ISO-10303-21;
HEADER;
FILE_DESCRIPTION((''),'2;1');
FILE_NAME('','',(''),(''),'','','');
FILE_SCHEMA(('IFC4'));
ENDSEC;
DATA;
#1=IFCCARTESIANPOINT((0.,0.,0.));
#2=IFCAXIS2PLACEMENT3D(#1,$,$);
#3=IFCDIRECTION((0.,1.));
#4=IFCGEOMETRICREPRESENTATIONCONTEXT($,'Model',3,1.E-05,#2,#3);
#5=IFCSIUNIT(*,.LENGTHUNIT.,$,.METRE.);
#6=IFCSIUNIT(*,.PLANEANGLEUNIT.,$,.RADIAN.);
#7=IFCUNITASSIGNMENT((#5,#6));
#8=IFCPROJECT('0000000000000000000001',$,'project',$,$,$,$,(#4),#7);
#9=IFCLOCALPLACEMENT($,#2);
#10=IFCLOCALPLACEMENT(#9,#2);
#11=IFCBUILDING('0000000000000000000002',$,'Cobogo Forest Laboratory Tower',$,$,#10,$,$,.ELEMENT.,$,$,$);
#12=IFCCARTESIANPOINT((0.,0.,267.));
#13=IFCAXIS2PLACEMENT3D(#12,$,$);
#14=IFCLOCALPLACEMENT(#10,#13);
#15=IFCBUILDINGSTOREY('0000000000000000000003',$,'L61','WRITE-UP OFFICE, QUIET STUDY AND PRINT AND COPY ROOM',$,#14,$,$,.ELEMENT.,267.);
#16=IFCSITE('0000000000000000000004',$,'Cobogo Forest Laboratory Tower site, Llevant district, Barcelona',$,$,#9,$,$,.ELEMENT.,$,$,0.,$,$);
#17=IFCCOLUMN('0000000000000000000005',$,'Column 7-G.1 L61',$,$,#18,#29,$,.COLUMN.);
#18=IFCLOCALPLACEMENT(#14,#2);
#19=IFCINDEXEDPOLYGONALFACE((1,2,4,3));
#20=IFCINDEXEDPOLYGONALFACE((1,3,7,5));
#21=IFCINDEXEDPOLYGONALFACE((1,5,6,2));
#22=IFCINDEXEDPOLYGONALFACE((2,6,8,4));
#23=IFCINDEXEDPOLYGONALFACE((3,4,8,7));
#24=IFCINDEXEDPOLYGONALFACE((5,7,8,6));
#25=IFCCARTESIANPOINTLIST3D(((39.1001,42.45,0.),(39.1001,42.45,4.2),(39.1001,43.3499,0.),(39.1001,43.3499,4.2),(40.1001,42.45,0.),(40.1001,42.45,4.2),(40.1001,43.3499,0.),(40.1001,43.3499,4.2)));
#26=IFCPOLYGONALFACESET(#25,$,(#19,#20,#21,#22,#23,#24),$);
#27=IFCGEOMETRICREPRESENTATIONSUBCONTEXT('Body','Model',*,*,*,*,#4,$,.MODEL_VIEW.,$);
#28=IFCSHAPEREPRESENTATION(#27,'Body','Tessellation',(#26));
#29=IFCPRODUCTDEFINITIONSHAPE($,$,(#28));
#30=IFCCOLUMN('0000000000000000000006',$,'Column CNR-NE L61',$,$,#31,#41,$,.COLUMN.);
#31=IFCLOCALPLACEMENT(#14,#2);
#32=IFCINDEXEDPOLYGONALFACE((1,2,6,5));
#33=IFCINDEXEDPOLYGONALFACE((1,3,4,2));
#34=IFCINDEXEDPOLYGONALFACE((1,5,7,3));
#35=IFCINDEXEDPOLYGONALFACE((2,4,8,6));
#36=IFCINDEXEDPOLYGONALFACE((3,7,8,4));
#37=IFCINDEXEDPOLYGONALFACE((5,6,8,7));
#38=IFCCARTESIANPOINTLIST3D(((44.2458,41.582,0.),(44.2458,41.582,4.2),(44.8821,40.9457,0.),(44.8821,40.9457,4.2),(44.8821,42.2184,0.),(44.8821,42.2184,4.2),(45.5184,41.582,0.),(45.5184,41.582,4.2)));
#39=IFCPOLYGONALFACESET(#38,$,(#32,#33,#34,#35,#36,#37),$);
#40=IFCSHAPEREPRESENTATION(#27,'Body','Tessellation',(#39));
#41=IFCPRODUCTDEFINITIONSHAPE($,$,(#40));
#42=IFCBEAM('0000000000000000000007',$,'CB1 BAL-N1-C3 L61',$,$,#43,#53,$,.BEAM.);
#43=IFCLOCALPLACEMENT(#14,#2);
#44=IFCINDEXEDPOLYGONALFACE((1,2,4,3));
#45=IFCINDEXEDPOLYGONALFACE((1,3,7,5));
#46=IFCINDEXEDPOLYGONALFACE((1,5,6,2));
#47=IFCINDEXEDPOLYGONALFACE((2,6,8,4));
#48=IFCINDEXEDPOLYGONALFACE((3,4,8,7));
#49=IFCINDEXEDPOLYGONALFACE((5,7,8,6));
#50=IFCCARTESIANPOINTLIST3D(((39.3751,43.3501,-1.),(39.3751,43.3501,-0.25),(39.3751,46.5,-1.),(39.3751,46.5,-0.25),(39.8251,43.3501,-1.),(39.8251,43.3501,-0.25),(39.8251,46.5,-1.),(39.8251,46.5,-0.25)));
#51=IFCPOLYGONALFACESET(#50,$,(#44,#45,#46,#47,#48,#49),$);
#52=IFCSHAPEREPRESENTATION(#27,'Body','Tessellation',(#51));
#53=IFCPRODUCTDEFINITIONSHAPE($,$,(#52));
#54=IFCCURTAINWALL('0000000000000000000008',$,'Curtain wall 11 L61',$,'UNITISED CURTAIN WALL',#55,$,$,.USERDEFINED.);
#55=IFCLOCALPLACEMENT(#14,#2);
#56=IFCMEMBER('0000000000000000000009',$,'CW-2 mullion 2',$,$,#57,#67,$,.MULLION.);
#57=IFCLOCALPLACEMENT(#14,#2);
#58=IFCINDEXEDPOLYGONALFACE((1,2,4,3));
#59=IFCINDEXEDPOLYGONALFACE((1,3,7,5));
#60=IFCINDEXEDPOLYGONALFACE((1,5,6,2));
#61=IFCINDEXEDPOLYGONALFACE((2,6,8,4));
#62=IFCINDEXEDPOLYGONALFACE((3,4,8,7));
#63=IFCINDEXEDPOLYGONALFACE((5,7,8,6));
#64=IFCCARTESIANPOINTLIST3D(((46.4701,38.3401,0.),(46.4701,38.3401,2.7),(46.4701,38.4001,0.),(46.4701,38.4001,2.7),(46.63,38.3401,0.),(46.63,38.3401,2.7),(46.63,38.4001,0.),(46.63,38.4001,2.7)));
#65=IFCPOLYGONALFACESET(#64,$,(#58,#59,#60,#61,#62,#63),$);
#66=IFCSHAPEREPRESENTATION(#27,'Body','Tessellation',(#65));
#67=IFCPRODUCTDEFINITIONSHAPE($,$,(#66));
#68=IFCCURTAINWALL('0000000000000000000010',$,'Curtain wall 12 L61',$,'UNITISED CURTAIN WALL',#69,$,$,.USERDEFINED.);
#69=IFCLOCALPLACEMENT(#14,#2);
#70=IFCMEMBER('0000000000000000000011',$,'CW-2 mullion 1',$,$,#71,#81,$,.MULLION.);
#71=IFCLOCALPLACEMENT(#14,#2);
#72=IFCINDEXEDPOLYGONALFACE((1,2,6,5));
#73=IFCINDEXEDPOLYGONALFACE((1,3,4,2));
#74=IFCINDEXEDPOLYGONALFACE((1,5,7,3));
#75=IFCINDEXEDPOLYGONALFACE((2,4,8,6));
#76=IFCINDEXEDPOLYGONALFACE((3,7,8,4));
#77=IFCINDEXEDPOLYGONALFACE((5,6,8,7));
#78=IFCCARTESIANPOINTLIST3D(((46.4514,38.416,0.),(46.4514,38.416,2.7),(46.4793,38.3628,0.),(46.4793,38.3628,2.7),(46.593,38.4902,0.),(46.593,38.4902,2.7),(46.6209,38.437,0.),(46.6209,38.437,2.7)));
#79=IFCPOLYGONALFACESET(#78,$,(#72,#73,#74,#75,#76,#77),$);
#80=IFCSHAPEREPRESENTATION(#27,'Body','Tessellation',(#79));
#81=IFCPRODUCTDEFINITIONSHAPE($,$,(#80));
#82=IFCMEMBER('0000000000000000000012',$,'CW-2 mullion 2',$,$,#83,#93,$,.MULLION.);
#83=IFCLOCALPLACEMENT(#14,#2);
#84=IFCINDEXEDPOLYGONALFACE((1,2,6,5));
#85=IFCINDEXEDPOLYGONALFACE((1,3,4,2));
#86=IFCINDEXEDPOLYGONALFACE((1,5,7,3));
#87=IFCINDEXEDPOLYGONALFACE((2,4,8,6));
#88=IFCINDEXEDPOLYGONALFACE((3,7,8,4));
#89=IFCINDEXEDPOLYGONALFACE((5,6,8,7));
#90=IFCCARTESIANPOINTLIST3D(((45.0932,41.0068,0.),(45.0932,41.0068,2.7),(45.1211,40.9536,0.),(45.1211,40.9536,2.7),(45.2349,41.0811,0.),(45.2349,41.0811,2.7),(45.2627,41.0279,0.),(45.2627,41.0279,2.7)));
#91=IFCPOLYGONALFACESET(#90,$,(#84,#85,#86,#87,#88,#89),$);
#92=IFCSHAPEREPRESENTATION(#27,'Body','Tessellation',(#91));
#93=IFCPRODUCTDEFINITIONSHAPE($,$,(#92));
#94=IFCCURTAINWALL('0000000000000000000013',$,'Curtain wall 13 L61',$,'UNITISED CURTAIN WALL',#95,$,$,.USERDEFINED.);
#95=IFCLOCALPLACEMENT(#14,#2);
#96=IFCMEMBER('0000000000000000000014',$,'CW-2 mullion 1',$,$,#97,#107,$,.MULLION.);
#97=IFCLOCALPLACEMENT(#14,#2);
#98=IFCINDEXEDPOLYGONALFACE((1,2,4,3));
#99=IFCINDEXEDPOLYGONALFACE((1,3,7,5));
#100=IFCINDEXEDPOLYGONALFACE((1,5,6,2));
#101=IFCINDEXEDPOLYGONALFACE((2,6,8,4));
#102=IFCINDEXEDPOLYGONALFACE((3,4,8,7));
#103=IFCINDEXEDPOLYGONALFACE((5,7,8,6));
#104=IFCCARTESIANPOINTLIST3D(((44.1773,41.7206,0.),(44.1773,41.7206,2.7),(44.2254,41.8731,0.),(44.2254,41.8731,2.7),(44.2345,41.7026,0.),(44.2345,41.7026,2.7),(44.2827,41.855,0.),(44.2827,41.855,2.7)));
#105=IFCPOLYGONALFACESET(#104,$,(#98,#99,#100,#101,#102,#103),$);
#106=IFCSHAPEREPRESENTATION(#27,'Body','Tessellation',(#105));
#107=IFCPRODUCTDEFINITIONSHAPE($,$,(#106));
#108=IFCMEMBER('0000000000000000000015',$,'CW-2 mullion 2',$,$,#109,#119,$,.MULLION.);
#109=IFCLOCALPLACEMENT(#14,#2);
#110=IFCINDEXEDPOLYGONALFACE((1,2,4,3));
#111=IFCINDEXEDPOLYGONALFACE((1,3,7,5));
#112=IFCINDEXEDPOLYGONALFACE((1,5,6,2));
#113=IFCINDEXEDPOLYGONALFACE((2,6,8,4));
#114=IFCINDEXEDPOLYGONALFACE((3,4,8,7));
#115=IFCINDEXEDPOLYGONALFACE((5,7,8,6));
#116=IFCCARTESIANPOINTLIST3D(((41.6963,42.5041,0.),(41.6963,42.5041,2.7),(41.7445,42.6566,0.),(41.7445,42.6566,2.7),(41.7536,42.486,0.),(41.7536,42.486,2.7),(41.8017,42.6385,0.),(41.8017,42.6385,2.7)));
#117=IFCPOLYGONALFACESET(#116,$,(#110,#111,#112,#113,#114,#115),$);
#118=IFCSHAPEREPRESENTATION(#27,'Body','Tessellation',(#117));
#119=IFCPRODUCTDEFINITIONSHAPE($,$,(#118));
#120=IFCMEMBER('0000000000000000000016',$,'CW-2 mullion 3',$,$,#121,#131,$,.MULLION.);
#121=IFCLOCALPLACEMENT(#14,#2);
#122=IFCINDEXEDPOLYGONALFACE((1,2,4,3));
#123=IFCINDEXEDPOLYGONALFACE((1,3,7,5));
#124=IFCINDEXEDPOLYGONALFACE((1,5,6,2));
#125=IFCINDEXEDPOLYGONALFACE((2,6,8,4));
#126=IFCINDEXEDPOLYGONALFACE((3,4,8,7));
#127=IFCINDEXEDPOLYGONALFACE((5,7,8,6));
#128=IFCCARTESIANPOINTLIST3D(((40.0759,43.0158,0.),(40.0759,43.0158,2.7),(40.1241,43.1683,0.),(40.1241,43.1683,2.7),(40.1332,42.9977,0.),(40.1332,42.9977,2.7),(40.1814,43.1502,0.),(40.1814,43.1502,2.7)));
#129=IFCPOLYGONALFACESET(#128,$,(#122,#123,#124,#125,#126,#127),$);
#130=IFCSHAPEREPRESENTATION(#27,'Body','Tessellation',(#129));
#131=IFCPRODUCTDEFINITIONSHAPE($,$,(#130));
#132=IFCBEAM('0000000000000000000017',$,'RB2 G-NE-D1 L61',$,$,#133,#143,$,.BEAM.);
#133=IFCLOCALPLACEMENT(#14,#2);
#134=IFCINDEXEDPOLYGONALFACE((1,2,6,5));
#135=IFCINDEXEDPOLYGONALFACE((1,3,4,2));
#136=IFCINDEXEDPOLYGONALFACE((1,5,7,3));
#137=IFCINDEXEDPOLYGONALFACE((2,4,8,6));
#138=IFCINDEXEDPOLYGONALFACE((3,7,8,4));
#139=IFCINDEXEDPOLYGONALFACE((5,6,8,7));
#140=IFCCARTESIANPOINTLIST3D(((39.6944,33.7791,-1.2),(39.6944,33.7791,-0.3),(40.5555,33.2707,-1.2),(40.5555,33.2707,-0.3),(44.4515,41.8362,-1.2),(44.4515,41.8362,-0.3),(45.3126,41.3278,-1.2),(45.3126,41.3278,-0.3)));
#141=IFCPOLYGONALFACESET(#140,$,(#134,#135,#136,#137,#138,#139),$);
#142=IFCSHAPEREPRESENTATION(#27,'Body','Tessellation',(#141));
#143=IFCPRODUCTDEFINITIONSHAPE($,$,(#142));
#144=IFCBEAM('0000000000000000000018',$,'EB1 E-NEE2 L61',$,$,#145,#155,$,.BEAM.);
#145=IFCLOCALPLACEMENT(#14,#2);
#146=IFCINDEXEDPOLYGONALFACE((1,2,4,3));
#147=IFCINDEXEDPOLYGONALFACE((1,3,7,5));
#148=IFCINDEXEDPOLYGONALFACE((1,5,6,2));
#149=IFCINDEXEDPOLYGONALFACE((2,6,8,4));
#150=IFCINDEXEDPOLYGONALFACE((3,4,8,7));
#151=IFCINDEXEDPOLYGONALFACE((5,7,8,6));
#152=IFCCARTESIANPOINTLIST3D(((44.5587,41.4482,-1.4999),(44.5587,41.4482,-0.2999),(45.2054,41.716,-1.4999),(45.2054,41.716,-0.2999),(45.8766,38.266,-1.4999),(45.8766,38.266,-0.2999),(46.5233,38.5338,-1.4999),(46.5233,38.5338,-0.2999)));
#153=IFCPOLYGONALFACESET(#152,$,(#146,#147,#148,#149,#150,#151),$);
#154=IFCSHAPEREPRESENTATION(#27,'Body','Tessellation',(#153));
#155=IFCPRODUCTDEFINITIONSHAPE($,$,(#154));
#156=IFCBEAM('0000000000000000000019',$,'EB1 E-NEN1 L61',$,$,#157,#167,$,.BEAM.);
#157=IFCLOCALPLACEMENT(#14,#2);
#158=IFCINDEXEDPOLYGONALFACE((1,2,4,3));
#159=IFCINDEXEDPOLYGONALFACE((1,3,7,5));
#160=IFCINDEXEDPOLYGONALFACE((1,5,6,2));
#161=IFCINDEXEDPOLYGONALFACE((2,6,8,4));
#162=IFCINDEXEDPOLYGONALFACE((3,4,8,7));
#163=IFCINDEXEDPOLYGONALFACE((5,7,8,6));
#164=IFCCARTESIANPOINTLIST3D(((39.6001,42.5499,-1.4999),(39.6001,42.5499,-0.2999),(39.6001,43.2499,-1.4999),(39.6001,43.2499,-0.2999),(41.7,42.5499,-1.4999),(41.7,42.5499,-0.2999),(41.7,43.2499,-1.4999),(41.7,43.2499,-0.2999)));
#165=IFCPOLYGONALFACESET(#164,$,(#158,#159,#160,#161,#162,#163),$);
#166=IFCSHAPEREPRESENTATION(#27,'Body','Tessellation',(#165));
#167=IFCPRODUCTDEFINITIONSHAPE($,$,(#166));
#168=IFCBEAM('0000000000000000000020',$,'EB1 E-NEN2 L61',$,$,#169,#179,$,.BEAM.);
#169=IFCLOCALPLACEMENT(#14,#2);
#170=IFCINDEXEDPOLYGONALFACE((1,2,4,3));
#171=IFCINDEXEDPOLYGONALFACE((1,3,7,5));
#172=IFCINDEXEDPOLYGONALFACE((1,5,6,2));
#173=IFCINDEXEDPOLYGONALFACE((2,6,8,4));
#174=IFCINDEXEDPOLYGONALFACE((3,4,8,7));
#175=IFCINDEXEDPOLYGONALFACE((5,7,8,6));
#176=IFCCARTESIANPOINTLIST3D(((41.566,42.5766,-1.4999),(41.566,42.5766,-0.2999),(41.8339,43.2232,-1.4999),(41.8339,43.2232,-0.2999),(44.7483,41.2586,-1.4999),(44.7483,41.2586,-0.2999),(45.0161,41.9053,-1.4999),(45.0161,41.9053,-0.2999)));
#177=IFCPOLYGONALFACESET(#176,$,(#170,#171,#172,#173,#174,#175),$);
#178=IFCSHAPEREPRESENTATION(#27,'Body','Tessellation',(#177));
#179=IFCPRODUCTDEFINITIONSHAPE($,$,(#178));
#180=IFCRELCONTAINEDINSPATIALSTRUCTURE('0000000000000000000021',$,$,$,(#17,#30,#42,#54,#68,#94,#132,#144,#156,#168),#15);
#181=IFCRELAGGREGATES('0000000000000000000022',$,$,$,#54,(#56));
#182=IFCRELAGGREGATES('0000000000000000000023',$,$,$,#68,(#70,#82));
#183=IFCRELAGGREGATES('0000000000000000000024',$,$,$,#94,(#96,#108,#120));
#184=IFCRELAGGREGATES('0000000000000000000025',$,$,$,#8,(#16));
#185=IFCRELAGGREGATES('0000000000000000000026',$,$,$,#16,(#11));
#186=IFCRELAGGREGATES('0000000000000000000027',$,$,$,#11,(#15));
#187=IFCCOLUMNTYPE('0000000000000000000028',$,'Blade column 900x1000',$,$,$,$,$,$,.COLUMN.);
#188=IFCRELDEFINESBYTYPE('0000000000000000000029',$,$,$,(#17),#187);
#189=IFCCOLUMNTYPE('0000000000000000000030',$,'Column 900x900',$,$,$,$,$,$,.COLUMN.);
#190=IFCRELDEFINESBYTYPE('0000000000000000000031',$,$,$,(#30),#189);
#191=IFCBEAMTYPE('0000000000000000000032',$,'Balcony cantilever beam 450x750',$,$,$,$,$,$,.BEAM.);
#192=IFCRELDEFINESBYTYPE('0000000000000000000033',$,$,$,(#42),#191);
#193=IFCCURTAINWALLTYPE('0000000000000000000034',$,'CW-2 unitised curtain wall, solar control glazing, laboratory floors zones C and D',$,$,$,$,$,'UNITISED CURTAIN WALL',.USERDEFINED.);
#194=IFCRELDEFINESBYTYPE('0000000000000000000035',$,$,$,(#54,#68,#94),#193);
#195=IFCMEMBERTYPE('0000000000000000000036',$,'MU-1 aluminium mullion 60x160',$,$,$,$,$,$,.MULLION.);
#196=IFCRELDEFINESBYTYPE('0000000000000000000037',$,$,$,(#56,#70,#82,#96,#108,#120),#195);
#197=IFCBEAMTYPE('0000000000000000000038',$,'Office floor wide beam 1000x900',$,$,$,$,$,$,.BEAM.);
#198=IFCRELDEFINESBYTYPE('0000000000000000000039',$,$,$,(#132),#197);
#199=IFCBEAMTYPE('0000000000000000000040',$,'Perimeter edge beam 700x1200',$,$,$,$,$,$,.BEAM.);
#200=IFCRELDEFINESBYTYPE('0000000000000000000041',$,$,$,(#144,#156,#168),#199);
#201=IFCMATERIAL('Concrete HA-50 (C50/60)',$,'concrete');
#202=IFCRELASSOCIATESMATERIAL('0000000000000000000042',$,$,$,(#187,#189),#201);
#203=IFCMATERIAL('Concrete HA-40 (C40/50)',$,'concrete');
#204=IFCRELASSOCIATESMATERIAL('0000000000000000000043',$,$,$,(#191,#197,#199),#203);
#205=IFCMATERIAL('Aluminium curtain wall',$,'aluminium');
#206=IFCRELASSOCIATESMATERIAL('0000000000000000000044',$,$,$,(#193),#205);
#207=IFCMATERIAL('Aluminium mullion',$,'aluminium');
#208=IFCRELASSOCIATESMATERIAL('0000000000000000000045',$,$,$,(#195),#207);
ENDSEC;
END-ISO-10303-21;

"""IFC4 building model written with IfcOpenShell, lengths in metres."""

from ifc_helpers import new_model, si_unit, direction, frame, origin, origin_2d, place, context, subcontext, project, spatial, rectangle, extrude, material, material_profile, profile_set, type_object, element, aggregate, save


model = new_model("IFC4")

# Units and contexts
model_context = context("Model", 3, precision=1e-05, world=origin(), true_north=direction((0.0, 1.0)))
body_context = subcontext(model_context, "Body", "Model", "MODEL_VIEW")
ifc_project = project(units=[si_unit("LENGTHUNIT", "METRE"), si_unit("PLANEANGLEUNIT", "RADIAN")], contexts=[model_context])

# Site, building, storey
site_placement = place(None, origin())
site = spatial("IfcSite", under=ifc_project, at=site_placement, Name="Cobogo Forest Laboratory Tower site, Llevant district, Barcelona", CompositionType="ELEMENT", RefElevation=0.0)
building_placement = place(site_placement, origin())
building = spatial("IfcBuilding", under=site, at=building_placement, Name="Cobogo Forest Laboratory Tower", CompositionType="ELEMENT")
storey_placement = place(building_placement, frame((0.0, 0.0, 267.0)))
storey = spatial("IfcBuildingStorey", under=building, at=storey_placement, Name="L61", Description="WRITE-UP OFFICE, QUIET STUDY AND PRINT AND COPY ROOM", CompositionType="ELEMENT", Elevation=267.0)

# Columns
ifc_material_1 = material(Name="Concrete HA-50 (C50/60)", Category="concrete")
ifc_material_profile_1 = material_profile(ifc_material_1, rectangle(XDim=1.0, YDim=0.8999, at=origin_2d()), Name="RC 900x1000")
ifc_profile_set_1 = profile_set([ifc_material_profile_1], Name="Concrete HA-50 (C50/60)")
column_type_1 = type_object("IfcColumnType", Name="Blade column 900x1000", PredefinedType="COLUMN", material=ifc_profile_set_1)
column_1_placement = place(storey_placement, frame((39.6001, 42.8999, 0.0), z_axis=(0.0, 0.0, 1.0), x_axis=(1.0, 0.0, 0.0)))
element("IfcColumn", 1, at=column_1_placement, inside=storey, type_object=column_type_1, Name="Column 7-G.1 L61", PredefinedType="COLUMN", context=body_context, shape_type="SweptSolid", body=[
    extrude(rectangle(XDim=1.0, YDim=0.8999, at=origin_2d()), origin(), (0.0, 0.0, 1.0), 4.2),
])
ifc_material_profile_2 = material_profile(ifc_material_1, rectangle(XDim=0.8999, YDim=0.8999, at=origin_2d()), Name="RC 900x900")
ifc_profile_set_2 = profile_set([ifc_material_profile_2], Name="Concrete HA-50 (C50/60)")
column_type_2 = type_object("IfcColumnType", Name="Column 900x900", PredefinedType="COLUMN", material=ifc_profile_set_2)
column_2_placement = place(storey_placement, frame((44.8821, 41.582, 0.0), z_axis=(0.0, 0.0, 1.0), x_axis=(0.707107, 0.707107, 0.0)))
element("IfcColumn", 2, at=column_2_placement, inside=storey, type_object=column_type_2, Name="Column CNR-NE L61", PredefinedType="COLUMN", context=body_context, shape_type="SweptSolid", body=[
    extrude(rectangle(XDim=0.8999, YDim=0.8999, at=origin_2d()), origin(), (0.0, 0.0, 1.0), 4.2),
])

# Beam
ifc_material_2 = material(Name="Concrete HA-40 (C40/50)", Category="concrete")
ifc_material_profile_3 = material_profile(ifc_material_2, rectangle(XDim=0.45, YDim=0.75, at=origin_2d()), Name="RC 450x750")
ifc_profile_set_3 = profile_set([ifc_material_profile_3], Name="Concrete HA-40 (C40/50)")
beam_type_1 = type_object("IfcBeamType", Name="Balcony cantilever beam 450x750", PredefinedType="BEAM", material=ifc_profile_set_3)
beam_1_placement = place(storey_placement, frame((39.6001, 43.3501, -0.625), z_axis=(0.0, 1.0, 0.0), x_axis=(-1.0, 0.0, 0.0)))
element("IfcBeam", 3, at=beam_1_placement, inside=storey, type_object=beam_type_1, Name="CB1 BAL-N1-C3 L61", PredefinedType="BEAM", context=body_context, shape_type="SweptSolid", body=[
    extrude(rectangle(XDim=0.45, YDim=0.75, at=origin_2d()), origin(), (0.0, 0.0, 1.0), 3.1499),
])

# Curtain wall, member
ifc_material_3 = material(Name="Aluminium curtain wall", Category="aluminium")
curtain_wall_type = type_object("IfcCurtainWallType", Name="CW-2 unitised curtain wall, solar control glazing, laboratory floors zones C and D", ElementType="UNITISED CURTAIN WALL", PredefinedType="USERDEFINED", material=ifc_material_3)
curtain_wall_1_placement = place(storey_placement, origin())
curtain_wall_1 = element("IfcCurtainWall", 4, at=curtain_wall_1_placement, inside=storey, type_object=curtain_wall_type, Name="Curtain wall 11 L61", ObjectType="UNITISED CURTAIN WALL", PredefinedType="USERDEFINED")
ifc_material_4 = material(Name="Aluminium mullion", Category="aluminium")
ifc_material_profile_4 = material_profile(ifc_material_4, rectangle(XDim=0.0601, YDim=0.1599, at=origin_2d()), Name="AL 60x160")
ifc_profile_set_4 = profile_set([ifc_material_profile_4], Name="Aluminium mullion")
member_type_1 = type_object("IfcMemberType", Name="MU-1 aluminium mullion 60x160", PredefinedType="MULLION", material=ifc_profile_set_4)
member_1_placement = place(storey_placement, frame((46.55, 38.3701, 0.0), z_axis=(0.0, 0.0, 1.0), x_axis=(0.0, 1.0, 0.0)))
member_1 = element("IfcMember", 5, at=member_1_placement, type_object=member_type_1, Name="CW-2 mullion 2", PredefinedType="MULLION", context=body_context, shape_type="SweptSolid", body=[
    extrude(rectangle(XDim=0.0601, YDim=0.1599, at=origin_2d()), origin(), (0.0, 0.0, 1.0), 2.7),
])

# Curtain walls, members
curtain_wall_2_placement = place(storey_placement, origin())
curtain_wall_2 = element("IfcCurtainWall", 6, at=curtain_wall_2_placement, inside=storey, type_object=curtain_wall_type, Name="Curtain wall 12 L61", ObjectType="UNITISED CURTAIN WALL", PredefinedType="USERDEFINED")
member_2_placement = place(storey_placement, frame((46.5361, 38.4265, 0.0), z_axis=(0.0, 0.0, 1.0), x_axis=(-0.464284, 0.885686, 0.0)))
member_2 = element("IfcMember", 7, at=member_2_placement, type_object=member_type_1, Name="CW-2 mullion 1", PredefinedType="MULLION", context=body_context, shape_type="SweptSolid", body=[
    extrude(rectangle(XDim=0.0601, YDim=0.1599, at=origin_2d()), origin(), (0.0, 0.0, 1.0), 2.7),
])
member_3_placement = place(storey_placement, frame((45.178, 41.0173, 0.0), z_axis=(0.0, 0.0, 1.0), x_axis=(-0.464284, 0.885686, 0.0)))
member_3 = element("IfcMember", 8, at=member_3_placement, type_object=member_type_1, Name="CW-2 mullion 2", PredefinedType="MULLION", context=body_context, shape_type="SweptSolid", body=[
    extrude(rectangle(XDim=0.0601, YDim=0.1599, at=origin_2d()), origin(), (0.0, 0.0, 1.0), 2.7),
])
curtain_wall_3_placement = place(storey_placement, origin())
curtain_wall_3 = element("IfcCurtainWall", 9, at=curtain_wall_3_placement, inside=storey, type_object=curtain_wall_type, Name="Curtain wall 13 L61", ObjectType="UNITISED CURTAIN WALL", PredefinedType="USERDEFINED")
member_4_placement = place(storey_placement, frame((44.23, 41.7878, 0.0), z_axis=(0.0, 0.0, 1.0), x_axis=(-0.953581, 0.301135, 0.0)))
member_4 = element("IfcMember", 10, at=member_4_placement, type_object=member_type_1, Name="CW-2 mullion 1", PredefinedType="MULLION", context=body_context, shape_type="SweptSolid", body=[
    extrude(rectangle(XDim=0.0601, YDim=0.1599, at=origin_2d()), origin(), (0.0, 0.0, 1.0), 2.7),
])
member_5_placement = place(storey_placement, frame((41.749, 42.5713, 0.0), z_axis=(0.0, 0.0, 1.0), x_axis=(-0.953581, 0.301135, 0.0)))
member_5 = element("IfcMember", 11, at=member_5_placement, type_object=member_type_1, Name="CW-2 mullion 2", PredefinedType="MULLION", context=body_context, shape_type="SweptSolid", body=[
    extrude(rectangle(XDim=0.0601, YDim=0.1599, at=origin_2d()), origin(), (0.0, 0.0, 1.0), 2.7),
])
member_6_placement = place(storey_placement, frame((40.1287, 43.083, 0.0), z_axis=(0.0, 0.0, 1.0), x_axis=(-0.953581, 0.301135, 0.0)))
member_6 = element("IfcMember", 12, at=member_6_placement, type_object=member_type_1, Name="CW-2 mullion 3", PredefinedType="MULLION", context=body_context, shape_type="SweptSolid", body=[
    extrude(rectangle(XDim=0.0601, YDim=0.1599, at=origin_2d()), origin(), (0.0, 0.0, 1.0), 2.7),
])

# Beams
ifc_material_profile_5 = material_profile(ifc_material_2, rectangle(XDim=1.0, YDim=0.8999, at=origin_2d()), Name="RC 1000x900")
ifc_profile_set_5 = profile_set([ifc_material_profile_5], Name="Concrete HA-40 (C40/50)")
beam_type_2 = type_object("IfcBeamType", Name="Office floor wide beam 1000x900", PredefinedType="BEAM", material=ifc_profile_set_5)
beam_2_placement = place(storey_placement, frame((44.8821, 41.582, -0.75), z_axis=(-0.508416, -0.861111, 0.0), x_axis=(0.861111, -0.508416, 0.0)))
element("IfcBeam", 13, at=beam_2_placement, inside=storey, type_object=beam_type_2, Name="RB2 G-NE-D1 L61", PredefinedType="BEAM", context=body_context, shape_type="SweptSolid", body=[
    extrude(rectangle(XDim=1.0, YDim=0.8999, at=origin_2d()), origin(), (0.0, 0.0, 1.0), 9.3567),
])
ifc_material_profile_6 = material_profile(ifc_material_2, rectangle(XDim=0.7, YDim=1.2, at=origin_2d()), Name="RC 700x1200")
ifc_profile_set_6 = profile_set([ifc_material_profile_6], Name="Concrete HA-40 (C40/50)")
beam_type_3 = type_object("IfcBeamType", Name="Perimeter edge beam 700x1200", PredefinedType="BEAM", material=ifc_profile_set_6)
beam_3_placement = place(storey_placement, frame((46.2, 38.3999, -0.8999), z_axis=(-0.382631, 0.923901, 0.0), x_axis=(-0.923901, -0.382631, 0.0)))
element("IfcBeam", 14, at=beam_3_placement, inside=storey, type_object=beam_type_3, Name="EB1 E-NEE2 L61", PredefinedType="BEAM", context=body_context, shape_type="SweptSolid", body=[
    extrude(rectangle(XDim=0.7, YDim=1.2, at=origin_2d()), origin(), (0.0, 0.0, 1.0), 3.4443),
])
beam_4_placement = place(storey_placement, frame((39.6001, 42.8999, -0.8999), z_axis=(1.0, 0.0, 0.0), x_axis=(0.0, 1.0, 0.0)))
element("IfcBeam", 15, at=beam_4_placement, inside=storey, type_object=beam_type_3, Name="EB1 E-NEN1 L61", PredefinedType="BEAM", context=body_context, shape_type="SweptSolid", body=[
    extrude(rectangle(XDim=0.7, YDim=1.2, at=origin_2d()), origin(), (0.0, 0.0, 1.0), 2.0999),
])
beam_5_placement = place(storey_placement, frame((41.7, 42.8999, -0.8999), z_axis=(0.923901, -0.382631, 0.0), x_axis=(0.382631, 0.923901, 0.0)))
element("IfcBeam", 16, at=beam_5_placement, inside=storey, type_object=beam_type_3, Name="EB1 E-NEN2 L61", PredefinedType="BEAM", context=body_context, shape_type="SweptSolid", body=[
    extrude(rectangle(XDim=0.7, YDim=1.2, at=origin_2d()), origin(), (0.0, 0.0, 1.0), 3.4443),
])

aggregate(curtain_wall_1, [member_1])
aggregate(curtain_wall_2, [member_2, member_3])
aggregate(curtain_wall_3, [member_4, member_5, member_6])

save(model, "model.ifc")
